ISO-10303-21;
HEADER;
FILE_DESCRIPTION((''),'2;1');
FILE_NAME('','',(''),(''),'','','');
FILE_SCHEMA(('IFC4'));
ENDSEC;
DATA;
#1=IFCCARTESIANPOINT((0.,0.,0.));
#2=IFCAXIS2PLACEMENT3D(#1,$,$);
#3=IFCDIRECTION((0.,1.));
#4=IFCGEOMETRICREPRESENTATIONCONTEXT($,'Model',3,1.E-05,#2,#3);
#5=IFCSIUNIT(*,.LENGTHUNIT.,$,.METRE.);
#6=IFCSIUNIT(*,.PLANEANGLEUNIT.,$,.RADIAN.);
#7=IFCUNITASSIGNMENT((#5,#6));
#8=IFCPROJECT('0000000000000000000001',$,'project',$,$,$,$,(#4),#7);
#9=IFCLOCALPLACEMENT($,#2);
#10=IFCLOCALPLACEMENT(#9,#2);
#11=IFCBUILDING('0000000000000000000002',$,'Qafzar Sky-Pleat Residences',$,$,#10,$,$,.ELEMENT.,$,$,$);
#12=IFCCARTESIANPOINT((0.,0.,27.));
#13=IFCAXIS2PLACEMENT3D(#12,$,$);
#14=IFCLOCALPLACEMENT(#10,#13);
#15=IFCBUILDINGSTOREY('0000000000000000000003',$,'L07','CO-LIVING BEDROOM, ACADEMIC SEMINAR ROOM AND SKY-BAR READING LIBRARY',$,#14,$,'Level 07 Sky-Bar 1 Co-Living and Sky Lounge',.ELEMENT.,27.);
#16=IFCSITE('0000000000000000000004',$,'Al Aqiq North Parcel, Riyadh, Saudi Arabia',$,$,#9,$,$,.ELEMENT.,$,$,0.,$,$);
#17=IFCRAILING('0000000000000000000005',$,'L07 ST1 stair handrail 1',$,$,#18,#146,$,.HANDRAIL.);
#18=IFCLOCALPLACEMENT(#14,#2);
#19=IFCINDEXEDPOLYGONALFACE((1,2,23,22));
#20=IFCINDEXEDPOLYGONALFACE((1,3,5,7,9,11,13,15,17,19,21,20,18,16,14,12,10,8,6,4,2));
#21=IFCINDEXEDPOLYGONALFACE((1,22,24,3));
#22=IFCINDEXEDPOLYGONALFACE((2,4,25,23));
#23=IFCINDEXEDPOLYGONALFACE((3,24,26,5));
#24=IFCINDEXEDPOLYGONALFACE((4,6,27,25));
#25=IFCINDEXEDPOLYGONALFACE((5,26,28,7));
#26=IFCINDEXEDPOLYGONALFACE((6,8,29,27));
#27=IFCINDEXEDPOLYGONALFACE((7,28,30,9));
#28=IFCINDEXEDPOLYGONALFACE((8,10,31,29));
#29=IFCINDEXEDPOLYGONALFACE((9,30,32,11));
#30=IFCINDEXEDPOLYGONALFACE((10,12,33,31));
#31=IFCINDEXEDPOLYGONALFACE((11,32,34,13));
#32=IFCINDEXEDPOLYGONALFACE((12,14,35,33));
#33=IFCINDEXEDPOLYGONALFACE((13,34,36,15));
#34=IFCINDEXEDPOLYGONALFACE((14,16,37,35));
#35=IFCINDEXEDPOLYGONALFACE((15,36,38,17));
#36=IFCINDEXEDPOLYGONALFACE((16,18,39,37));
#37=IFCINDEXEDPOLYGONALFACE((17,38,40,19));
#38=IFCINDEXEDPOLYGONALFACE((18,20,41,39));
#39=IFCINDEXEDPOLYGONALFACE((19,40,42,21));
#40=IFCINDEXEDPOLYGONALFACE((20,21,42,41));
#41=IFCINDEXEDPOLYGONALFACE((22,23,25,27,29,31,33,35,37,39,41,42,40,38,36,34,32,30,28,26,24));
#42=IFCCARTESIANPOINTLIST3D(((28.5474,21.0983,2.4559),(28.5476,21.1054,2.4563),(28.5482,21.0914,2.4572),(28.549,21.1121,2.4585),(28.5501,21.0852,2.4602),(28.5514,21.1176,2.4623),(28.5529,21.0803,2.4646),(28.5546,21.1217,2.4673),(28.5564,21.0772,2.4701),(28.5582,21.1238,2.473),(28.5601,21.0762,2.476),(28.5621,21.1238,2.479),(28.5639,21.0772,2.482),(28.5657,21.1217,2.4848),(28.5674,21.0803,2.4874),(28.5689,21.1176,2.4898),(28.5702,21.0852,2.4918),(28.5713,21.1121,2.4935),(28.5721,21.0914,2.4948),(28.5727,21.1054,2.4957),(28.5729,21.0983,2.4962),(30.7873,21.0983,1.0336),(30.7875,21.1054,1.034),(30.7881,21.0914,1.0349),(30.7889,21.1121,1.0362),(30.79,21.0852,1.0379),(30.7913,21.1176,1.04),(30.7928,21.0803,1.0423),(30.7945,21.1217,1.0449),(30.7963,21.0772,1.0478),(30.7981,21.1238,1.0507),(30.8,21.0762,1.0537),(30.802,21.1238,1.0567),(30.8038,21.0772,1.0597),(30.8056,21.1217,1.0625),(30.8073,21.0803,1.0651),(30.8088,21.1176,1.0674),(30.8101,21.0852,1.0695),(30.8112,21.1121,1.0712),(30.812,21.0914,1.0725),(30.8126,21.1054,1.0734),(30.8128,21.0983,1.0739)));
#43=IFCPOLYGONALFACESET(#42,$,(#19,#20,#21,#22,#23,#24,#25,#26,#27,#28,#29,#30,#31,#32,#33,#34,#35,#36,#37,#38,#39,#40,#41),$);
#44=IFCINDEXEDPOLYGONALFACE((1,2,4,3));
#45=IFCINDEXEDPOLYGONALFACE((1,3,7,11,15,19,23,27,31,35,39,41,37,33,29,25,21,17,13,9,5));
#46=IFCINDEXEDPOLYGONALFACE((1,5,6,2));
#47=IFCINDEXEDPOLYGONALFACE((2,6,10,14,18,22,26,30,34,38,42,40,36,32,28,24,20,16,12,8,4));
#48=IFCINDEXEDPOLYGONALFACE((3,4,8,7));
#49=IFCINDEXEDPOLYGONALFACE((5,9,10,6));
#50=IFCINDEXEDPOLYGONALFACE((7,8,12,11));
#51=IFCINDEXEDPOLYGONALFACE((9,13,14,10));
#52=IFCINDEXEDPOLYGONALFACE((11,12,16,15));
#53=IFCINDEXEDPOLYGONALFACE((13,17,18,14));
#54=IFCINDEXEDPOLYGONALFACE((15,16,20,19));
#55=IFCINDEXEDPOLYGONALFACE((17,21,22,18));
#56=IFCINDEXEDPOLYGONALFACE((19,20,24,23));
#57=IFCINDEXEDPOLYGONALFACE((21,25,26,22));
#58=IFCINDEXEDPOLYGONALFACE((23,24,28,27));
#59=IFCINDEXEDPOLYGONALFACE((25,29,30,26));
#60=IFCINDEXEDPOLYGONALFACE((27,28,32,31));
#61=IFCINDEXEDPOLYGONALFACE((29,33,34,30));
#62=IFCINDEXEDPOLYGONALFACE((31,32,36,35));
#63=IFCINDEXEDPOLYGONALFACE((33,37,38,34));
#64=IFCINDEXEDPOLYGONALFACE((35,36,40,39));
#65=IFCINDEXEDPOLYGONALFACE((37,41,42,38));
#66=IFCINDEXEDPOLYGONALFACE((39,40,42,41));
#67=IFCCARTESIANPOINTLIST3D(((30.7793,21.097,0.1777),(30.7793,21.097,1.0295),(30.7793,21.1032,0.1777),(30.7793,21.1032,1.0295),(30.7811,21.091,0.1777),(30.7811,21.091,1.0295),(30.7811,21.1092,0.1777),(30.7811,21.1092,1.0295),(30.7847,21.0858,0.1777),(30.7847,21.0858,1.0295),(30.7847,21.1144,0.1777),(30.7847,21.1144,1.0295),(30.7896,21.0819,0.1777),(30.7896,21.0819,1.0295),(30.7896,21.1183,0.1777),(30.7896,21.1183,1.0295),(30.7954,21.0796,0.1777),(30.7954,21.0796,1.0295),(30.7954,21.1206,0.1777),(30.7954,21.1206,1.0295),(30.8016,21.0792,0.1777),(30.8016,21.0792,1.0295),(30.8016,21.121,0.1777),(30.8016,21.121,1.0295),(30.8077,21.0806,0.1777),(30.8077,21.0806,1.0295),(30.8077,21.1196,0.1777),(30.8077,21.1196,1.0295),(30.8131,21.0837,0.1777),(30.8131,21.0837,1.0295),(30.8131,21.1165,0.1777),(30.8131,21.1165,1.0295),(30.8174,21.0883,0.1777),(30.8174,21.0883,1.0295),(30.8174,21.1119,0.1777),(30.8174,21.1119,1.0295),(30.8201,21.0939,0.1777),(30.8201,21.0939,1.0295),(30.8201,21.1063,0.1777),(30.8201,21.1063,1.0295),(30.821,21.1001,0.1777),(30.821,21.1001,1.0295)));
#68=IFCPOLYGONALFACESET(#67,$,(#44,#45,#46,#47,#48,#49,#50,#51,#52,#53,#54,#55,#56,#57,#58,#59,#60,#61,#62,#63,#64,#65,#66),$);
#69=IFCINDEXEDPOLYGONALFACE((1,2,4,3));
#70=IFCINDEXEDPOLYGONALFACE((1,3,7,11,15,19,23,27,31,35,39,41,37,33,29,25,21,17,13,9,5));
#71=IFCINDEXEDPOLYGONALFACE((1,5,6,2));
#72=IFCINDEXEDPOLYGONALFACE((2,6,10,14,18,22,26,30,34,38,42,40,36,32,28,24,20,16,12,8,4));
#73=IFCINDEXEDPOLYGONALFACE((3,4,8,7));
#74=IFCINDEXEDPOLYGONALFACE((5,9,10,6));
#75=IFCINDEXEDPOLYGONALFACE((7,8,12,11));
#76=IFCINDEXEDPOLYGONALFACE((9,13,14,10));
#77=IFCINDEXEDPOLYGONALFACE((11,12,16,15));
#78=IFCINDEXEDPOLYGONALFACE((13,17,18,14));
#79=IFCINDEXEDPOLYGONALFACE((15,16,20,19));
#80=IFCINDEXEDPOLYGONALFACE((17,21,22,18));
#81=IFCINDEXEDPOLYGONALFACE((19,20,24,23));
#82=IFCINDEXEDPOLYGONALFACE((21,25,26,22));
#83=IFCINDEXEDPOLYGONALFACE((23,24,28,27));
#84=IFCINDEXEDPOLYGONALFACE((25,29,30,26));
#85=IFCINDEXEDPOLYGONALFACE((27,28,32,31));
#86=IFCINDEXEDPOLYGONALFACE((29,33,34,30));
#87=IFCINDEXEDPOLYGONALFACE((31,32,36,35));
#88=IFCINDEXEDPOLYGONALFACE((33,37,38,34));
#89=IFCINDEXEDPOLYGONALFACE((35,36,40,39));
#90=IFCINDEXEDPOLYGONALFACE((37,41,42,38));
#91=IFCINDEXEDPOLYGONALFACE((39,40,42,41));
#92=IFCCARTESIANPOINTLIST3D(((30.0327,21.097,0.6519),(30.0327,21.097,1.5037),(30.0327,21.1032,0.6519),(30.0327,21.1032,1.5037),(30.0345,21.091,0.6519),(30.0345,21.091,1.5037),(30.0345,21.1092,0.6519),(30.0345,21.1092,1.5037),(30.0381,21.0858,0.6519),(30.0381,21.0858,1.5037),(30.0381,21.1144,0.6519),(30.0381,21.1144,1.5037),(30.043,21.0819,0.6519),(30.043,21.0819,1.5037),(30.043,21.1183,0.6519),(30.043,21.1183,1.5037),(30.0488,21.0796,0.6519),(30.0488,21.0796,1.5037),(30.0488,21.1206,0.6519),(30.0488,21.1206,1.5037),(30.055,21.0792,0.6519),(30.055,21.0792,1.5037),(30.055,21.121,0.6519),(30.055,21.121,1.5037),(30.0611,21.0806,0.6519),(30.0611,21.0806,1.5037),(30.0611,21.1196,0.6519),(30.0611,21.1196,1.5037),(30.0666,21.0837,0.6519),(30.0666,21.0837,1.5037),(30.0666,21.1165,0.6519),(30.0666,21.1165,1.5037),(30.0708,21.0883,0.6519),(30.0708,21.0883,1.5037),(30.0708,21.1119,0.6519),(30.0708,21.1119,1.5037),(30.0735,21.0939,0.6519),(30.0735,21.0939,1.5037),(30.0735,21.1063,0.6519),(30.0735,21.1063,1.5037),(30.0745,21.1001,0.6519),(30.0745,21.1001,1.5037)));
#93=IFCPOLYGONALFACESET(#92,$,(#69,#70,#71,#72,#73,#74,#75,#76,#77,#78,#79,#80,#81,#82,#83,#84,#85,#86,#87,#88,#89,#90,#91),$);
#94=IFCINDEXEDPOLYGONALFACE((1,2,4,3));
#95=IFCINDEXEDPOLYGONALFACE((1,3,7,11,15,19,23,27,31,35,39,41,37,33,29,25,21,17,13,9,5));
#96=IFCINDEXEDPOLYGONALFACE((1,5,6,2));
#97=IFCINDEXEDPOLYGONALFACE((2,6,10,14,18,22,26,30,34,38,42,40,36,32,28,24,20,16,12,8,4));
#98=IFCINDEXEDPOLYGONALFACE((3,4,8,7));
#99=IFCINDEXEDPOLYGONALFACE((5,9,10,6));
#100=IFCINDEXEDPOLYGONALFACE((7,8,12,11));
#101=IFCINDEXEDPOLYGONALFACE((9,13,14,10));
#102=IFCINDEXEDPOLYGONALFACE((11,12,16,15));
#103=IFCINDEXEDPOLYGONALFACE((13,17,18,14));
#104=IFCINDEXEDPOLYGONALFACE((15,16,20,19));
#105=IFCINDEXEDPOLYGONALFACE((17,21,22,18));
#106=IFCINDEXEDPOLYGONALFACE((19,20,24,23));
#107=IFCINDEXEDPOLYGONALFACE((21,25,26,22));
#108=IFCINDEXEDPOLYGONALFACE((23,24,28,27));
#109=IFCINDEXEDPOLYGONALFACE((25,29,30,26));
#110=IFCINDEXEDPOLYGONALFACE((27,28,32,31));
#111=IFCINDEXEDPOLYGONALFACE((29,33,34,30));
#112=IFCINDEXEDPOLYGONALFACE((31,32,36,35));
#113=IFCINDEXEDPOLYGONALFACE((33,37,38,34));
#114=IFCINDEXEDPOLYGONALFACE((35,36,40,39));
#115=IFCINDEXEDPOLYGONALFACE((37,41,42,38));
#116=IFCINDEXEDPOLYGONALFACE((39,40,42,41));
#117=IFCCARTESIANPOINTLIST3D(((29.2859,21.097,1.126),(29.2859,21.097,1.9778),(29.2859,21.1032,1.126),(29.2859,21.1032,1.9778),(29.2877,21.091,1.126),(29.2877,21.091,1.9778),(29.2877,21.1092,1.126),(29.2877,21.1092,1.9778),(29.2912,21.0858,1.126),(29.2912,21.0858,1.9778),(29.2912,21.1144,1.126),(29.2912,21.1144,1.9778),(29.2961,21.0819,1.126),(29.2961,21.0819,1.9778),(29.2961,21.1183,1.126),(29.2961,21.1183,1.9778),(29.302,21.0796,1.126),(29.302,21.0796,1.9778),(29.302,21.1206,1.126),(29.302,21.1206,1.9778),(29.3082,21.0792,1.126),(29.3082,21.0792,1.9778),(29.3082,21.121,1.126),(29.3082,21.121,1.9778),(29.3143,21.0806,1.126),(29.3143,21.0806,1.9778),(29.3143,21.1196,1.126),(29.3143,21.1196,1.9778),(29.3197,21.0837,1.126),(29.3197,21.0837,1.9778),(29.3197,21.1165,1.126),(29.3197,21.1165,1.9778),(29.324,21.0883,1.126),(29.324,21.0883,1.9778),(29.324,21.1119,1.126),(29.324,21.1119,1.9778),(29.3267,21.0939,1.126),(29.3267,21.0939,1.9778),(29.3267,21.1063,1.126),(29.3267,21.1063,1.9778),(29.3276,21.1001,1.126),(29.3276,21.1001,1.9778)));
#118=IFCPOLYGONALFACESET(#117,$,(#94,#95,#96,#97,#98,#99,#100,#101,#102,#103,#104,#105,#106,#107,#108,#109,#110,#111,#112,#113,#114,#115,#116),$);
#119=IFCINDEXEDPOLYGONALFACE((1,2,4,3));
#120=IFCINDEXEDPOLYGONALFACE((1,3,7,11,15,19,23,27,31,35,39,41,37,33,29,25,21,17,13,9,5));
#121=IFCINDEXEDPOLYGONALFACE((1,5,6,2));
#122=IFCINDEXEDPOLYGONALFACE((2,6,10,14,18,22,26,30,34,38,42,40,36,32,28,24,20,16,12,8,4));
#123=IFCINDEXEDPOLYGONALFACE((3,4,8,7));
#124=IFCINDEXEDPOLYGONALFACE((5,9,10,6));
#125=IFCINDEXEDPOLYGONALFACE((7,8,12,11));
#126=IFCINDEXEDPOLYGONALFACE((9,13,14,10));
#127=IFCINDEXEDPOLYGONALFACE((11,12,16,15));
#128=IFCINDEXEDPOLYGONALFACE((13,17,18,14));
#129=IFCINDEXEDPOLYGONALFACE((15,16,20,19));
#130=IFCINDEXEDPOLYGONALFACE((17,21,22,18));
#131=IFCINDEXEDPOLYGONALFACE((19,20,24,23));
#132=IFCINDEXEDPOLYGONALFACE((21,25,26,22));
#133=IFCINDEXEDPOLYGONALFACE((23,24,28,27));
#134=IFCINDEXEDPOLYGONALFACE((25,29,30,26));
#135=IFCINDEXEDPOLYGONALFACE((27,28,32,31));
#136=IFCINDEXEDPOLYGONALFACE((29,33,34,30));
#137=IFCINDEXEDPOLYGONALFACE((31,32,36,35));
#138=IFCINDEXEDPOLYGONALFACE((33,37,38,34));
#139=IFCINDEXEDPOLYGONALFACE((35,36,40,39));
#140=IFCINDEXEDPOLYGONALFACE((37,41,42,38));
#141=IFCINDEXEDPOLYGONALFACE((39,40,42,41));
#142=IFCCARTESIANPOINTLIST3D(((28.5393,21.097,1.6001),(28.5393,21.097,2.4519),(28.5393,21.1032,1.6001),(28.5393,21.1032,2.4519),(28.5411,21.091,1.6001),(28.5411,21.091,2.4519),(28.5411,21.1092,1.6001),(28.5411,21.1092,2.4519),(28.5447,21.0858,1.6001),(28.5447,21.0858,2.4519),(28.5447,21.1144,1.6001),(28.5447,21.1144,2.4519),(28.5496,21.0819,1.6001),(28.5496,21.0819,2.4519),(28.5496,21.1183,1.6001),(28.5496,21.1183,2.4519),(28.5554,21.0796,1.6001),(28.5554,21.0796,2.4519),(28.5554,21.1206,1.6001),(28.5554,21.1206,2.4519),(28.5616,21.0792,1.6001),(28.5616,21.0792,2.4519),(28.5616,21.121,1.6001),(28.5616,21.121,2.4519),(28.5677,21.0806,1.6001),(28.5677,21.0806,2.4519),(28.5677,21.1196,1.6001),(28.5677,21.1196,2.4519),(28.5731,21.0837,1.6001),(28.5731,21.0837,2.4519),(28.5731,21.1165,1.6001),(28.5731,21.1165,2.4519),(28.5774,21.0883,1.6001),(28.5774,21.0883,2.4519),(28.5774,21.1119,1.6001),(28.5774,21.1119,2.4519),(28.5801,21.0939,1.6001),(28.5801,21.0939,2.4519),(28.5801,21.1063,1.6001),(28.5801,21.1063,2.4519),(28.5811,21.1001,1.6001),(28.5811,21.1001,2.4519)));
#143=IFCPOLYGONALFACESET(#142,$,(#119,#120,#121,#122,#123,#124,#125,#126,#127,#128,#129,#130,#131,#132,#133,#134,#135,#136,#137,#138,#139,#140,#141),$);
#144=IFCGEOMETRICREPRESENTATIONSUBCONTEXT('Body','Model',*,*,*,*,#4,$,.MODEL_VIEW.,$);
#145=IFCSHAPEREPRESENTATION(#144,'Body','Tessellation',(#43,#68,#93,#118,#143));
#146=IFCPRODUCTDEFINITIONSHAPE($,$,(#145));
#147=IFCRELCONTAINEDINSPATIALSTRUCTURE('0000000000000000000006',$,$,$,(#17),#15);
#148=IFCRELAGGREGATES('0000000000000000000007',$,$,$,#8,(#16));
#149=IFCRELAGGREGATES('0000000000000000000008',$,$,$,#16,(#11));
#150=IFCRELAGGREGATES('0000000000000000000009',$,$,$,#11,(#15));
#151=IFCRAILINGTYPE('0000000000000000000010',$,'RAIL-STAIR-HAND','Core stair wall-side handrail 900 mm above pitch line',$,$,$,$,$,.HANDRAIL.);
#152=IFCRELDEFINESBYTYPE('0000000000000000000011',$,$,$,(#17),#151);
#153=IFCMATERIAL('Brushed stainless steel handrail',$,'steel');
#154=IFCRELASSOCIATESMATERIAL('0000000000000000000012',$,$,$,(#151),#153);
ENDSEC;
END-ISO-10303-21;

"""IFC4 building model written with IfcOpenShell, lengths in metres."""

from ifc_helpers import new_model, si_unit, direction, frame, origin, origin_2d, place, context, subcontext, project, spatial, circle, extrude, source, transform, mapped, material, type_object, element, save


model = new_model("IFC4")

# Units and contexts
model_context = context("Model", 3, precision=1e-05, world=origin(), true_north=direction((0.0, 1.0)))
body_context = subcontext(model_context, "Body", "Model", "MODEL_VIEW")
ifc_project = project(units=[si_unit("LENGTHUNIT", "METRE"), si_unit("PLANEANGLEUNIT", "RADIAN")], contexts=[model_context])

# Site, building, storey
site_placement = place(None, origin())
site = spatial("IfcSite", under=ifc_project, at=site_placement, Name="Al Aqiq North Parcel, Riyadh, Saudi Arabia", CompositionType="ELEMENT", RefElevation=0.0)
building_placement = place(site_placement, origin())
building = spatial("IfcBuilding", under=site, at=building_placement, Name="Qafzar Sky-Pleat Residences", CompositionType="ELEMENT")
storey_placement = place(building_placement, frame((0.0, 0.0, 27.0)))
storey = spatial("IfcBuildingStorey", under=building, at=storey_placement, Name="L07", Description="CO-LIVING BEDROOM, ACADEMIC SEMINAR ROOM AND SKY-BAR READING LIBRARY", LongName="Level 07 Sky-Bar 1 Co-Living and Sky Lounge", CompositionType="ELEMENT", Elevation=27.0)

# Railing
ifc_material_1 = material(Name="Brushed stainless steel handrail", Category="steel")
railing_type_1 = type_object("IfcRailingType", Name="RAIL-STAIR-HAND", Description="Core stair wall-side handrail 900 mm above pitch line", PredefinedType="HANDRAIL", material=ifc_material_1)
shared_shape_1 = source(origin(), body_context, "Body", "SweptSolid", [
    extrude(circle(Radius=0.0239, at=origin_2d()), frame((0.0, 0.0, 0.876), z_axis=(-0.844188, 0.0, 0.536048), x_axis=(0.0, -1.0, 0.0)), (0.0, 0.0, 1.0), 2.6533),
    extrude(circle(Radius=0.021, at=origin_2d()), origin(), (0.0, 0.0, 1.0), 0.8518),
    extrude(circle(Radius=0.021, at=origin_2d()), frame((-0.7466, 0.0, 0.4741)), (0.0, 0.0, 1.0), 0.8518),
    extrude(circle(Radius=0.021, at=origin_2d()), frame((-1.4934, 0.0, 0.9482)), (0.0, 0.0, 1.0), 0.8518),
    extrude(circle(Radius=0.021, at=origin_2d()), frame((-2.24, 0.0, 1.4224)), (0.0, 0.0, 1.0), 0.8518),
])
railing_1_placement = place(storey_placement, frame((30.8, 21.1001, 0.1777)))
element("IfcRailing", 1, at=railing_1_placement, inside=storey, type_object=railing_type_1, Name="L07 ST1 stair handrail 1", PredefinedType="HANDRAIL", context=body_context, shape_type="MappedRepresentation", body=[
    mapped(shared_shape_1, transform((0.0, 0.0, 0.0), x_axis=(1.0, 0.0, 0.0), y_axis=(0.0, 1.0, 0.0), z_axis=(0.0, 0.0, 1.0), scale=1.0)),
])

save(model, "model.ifc")
